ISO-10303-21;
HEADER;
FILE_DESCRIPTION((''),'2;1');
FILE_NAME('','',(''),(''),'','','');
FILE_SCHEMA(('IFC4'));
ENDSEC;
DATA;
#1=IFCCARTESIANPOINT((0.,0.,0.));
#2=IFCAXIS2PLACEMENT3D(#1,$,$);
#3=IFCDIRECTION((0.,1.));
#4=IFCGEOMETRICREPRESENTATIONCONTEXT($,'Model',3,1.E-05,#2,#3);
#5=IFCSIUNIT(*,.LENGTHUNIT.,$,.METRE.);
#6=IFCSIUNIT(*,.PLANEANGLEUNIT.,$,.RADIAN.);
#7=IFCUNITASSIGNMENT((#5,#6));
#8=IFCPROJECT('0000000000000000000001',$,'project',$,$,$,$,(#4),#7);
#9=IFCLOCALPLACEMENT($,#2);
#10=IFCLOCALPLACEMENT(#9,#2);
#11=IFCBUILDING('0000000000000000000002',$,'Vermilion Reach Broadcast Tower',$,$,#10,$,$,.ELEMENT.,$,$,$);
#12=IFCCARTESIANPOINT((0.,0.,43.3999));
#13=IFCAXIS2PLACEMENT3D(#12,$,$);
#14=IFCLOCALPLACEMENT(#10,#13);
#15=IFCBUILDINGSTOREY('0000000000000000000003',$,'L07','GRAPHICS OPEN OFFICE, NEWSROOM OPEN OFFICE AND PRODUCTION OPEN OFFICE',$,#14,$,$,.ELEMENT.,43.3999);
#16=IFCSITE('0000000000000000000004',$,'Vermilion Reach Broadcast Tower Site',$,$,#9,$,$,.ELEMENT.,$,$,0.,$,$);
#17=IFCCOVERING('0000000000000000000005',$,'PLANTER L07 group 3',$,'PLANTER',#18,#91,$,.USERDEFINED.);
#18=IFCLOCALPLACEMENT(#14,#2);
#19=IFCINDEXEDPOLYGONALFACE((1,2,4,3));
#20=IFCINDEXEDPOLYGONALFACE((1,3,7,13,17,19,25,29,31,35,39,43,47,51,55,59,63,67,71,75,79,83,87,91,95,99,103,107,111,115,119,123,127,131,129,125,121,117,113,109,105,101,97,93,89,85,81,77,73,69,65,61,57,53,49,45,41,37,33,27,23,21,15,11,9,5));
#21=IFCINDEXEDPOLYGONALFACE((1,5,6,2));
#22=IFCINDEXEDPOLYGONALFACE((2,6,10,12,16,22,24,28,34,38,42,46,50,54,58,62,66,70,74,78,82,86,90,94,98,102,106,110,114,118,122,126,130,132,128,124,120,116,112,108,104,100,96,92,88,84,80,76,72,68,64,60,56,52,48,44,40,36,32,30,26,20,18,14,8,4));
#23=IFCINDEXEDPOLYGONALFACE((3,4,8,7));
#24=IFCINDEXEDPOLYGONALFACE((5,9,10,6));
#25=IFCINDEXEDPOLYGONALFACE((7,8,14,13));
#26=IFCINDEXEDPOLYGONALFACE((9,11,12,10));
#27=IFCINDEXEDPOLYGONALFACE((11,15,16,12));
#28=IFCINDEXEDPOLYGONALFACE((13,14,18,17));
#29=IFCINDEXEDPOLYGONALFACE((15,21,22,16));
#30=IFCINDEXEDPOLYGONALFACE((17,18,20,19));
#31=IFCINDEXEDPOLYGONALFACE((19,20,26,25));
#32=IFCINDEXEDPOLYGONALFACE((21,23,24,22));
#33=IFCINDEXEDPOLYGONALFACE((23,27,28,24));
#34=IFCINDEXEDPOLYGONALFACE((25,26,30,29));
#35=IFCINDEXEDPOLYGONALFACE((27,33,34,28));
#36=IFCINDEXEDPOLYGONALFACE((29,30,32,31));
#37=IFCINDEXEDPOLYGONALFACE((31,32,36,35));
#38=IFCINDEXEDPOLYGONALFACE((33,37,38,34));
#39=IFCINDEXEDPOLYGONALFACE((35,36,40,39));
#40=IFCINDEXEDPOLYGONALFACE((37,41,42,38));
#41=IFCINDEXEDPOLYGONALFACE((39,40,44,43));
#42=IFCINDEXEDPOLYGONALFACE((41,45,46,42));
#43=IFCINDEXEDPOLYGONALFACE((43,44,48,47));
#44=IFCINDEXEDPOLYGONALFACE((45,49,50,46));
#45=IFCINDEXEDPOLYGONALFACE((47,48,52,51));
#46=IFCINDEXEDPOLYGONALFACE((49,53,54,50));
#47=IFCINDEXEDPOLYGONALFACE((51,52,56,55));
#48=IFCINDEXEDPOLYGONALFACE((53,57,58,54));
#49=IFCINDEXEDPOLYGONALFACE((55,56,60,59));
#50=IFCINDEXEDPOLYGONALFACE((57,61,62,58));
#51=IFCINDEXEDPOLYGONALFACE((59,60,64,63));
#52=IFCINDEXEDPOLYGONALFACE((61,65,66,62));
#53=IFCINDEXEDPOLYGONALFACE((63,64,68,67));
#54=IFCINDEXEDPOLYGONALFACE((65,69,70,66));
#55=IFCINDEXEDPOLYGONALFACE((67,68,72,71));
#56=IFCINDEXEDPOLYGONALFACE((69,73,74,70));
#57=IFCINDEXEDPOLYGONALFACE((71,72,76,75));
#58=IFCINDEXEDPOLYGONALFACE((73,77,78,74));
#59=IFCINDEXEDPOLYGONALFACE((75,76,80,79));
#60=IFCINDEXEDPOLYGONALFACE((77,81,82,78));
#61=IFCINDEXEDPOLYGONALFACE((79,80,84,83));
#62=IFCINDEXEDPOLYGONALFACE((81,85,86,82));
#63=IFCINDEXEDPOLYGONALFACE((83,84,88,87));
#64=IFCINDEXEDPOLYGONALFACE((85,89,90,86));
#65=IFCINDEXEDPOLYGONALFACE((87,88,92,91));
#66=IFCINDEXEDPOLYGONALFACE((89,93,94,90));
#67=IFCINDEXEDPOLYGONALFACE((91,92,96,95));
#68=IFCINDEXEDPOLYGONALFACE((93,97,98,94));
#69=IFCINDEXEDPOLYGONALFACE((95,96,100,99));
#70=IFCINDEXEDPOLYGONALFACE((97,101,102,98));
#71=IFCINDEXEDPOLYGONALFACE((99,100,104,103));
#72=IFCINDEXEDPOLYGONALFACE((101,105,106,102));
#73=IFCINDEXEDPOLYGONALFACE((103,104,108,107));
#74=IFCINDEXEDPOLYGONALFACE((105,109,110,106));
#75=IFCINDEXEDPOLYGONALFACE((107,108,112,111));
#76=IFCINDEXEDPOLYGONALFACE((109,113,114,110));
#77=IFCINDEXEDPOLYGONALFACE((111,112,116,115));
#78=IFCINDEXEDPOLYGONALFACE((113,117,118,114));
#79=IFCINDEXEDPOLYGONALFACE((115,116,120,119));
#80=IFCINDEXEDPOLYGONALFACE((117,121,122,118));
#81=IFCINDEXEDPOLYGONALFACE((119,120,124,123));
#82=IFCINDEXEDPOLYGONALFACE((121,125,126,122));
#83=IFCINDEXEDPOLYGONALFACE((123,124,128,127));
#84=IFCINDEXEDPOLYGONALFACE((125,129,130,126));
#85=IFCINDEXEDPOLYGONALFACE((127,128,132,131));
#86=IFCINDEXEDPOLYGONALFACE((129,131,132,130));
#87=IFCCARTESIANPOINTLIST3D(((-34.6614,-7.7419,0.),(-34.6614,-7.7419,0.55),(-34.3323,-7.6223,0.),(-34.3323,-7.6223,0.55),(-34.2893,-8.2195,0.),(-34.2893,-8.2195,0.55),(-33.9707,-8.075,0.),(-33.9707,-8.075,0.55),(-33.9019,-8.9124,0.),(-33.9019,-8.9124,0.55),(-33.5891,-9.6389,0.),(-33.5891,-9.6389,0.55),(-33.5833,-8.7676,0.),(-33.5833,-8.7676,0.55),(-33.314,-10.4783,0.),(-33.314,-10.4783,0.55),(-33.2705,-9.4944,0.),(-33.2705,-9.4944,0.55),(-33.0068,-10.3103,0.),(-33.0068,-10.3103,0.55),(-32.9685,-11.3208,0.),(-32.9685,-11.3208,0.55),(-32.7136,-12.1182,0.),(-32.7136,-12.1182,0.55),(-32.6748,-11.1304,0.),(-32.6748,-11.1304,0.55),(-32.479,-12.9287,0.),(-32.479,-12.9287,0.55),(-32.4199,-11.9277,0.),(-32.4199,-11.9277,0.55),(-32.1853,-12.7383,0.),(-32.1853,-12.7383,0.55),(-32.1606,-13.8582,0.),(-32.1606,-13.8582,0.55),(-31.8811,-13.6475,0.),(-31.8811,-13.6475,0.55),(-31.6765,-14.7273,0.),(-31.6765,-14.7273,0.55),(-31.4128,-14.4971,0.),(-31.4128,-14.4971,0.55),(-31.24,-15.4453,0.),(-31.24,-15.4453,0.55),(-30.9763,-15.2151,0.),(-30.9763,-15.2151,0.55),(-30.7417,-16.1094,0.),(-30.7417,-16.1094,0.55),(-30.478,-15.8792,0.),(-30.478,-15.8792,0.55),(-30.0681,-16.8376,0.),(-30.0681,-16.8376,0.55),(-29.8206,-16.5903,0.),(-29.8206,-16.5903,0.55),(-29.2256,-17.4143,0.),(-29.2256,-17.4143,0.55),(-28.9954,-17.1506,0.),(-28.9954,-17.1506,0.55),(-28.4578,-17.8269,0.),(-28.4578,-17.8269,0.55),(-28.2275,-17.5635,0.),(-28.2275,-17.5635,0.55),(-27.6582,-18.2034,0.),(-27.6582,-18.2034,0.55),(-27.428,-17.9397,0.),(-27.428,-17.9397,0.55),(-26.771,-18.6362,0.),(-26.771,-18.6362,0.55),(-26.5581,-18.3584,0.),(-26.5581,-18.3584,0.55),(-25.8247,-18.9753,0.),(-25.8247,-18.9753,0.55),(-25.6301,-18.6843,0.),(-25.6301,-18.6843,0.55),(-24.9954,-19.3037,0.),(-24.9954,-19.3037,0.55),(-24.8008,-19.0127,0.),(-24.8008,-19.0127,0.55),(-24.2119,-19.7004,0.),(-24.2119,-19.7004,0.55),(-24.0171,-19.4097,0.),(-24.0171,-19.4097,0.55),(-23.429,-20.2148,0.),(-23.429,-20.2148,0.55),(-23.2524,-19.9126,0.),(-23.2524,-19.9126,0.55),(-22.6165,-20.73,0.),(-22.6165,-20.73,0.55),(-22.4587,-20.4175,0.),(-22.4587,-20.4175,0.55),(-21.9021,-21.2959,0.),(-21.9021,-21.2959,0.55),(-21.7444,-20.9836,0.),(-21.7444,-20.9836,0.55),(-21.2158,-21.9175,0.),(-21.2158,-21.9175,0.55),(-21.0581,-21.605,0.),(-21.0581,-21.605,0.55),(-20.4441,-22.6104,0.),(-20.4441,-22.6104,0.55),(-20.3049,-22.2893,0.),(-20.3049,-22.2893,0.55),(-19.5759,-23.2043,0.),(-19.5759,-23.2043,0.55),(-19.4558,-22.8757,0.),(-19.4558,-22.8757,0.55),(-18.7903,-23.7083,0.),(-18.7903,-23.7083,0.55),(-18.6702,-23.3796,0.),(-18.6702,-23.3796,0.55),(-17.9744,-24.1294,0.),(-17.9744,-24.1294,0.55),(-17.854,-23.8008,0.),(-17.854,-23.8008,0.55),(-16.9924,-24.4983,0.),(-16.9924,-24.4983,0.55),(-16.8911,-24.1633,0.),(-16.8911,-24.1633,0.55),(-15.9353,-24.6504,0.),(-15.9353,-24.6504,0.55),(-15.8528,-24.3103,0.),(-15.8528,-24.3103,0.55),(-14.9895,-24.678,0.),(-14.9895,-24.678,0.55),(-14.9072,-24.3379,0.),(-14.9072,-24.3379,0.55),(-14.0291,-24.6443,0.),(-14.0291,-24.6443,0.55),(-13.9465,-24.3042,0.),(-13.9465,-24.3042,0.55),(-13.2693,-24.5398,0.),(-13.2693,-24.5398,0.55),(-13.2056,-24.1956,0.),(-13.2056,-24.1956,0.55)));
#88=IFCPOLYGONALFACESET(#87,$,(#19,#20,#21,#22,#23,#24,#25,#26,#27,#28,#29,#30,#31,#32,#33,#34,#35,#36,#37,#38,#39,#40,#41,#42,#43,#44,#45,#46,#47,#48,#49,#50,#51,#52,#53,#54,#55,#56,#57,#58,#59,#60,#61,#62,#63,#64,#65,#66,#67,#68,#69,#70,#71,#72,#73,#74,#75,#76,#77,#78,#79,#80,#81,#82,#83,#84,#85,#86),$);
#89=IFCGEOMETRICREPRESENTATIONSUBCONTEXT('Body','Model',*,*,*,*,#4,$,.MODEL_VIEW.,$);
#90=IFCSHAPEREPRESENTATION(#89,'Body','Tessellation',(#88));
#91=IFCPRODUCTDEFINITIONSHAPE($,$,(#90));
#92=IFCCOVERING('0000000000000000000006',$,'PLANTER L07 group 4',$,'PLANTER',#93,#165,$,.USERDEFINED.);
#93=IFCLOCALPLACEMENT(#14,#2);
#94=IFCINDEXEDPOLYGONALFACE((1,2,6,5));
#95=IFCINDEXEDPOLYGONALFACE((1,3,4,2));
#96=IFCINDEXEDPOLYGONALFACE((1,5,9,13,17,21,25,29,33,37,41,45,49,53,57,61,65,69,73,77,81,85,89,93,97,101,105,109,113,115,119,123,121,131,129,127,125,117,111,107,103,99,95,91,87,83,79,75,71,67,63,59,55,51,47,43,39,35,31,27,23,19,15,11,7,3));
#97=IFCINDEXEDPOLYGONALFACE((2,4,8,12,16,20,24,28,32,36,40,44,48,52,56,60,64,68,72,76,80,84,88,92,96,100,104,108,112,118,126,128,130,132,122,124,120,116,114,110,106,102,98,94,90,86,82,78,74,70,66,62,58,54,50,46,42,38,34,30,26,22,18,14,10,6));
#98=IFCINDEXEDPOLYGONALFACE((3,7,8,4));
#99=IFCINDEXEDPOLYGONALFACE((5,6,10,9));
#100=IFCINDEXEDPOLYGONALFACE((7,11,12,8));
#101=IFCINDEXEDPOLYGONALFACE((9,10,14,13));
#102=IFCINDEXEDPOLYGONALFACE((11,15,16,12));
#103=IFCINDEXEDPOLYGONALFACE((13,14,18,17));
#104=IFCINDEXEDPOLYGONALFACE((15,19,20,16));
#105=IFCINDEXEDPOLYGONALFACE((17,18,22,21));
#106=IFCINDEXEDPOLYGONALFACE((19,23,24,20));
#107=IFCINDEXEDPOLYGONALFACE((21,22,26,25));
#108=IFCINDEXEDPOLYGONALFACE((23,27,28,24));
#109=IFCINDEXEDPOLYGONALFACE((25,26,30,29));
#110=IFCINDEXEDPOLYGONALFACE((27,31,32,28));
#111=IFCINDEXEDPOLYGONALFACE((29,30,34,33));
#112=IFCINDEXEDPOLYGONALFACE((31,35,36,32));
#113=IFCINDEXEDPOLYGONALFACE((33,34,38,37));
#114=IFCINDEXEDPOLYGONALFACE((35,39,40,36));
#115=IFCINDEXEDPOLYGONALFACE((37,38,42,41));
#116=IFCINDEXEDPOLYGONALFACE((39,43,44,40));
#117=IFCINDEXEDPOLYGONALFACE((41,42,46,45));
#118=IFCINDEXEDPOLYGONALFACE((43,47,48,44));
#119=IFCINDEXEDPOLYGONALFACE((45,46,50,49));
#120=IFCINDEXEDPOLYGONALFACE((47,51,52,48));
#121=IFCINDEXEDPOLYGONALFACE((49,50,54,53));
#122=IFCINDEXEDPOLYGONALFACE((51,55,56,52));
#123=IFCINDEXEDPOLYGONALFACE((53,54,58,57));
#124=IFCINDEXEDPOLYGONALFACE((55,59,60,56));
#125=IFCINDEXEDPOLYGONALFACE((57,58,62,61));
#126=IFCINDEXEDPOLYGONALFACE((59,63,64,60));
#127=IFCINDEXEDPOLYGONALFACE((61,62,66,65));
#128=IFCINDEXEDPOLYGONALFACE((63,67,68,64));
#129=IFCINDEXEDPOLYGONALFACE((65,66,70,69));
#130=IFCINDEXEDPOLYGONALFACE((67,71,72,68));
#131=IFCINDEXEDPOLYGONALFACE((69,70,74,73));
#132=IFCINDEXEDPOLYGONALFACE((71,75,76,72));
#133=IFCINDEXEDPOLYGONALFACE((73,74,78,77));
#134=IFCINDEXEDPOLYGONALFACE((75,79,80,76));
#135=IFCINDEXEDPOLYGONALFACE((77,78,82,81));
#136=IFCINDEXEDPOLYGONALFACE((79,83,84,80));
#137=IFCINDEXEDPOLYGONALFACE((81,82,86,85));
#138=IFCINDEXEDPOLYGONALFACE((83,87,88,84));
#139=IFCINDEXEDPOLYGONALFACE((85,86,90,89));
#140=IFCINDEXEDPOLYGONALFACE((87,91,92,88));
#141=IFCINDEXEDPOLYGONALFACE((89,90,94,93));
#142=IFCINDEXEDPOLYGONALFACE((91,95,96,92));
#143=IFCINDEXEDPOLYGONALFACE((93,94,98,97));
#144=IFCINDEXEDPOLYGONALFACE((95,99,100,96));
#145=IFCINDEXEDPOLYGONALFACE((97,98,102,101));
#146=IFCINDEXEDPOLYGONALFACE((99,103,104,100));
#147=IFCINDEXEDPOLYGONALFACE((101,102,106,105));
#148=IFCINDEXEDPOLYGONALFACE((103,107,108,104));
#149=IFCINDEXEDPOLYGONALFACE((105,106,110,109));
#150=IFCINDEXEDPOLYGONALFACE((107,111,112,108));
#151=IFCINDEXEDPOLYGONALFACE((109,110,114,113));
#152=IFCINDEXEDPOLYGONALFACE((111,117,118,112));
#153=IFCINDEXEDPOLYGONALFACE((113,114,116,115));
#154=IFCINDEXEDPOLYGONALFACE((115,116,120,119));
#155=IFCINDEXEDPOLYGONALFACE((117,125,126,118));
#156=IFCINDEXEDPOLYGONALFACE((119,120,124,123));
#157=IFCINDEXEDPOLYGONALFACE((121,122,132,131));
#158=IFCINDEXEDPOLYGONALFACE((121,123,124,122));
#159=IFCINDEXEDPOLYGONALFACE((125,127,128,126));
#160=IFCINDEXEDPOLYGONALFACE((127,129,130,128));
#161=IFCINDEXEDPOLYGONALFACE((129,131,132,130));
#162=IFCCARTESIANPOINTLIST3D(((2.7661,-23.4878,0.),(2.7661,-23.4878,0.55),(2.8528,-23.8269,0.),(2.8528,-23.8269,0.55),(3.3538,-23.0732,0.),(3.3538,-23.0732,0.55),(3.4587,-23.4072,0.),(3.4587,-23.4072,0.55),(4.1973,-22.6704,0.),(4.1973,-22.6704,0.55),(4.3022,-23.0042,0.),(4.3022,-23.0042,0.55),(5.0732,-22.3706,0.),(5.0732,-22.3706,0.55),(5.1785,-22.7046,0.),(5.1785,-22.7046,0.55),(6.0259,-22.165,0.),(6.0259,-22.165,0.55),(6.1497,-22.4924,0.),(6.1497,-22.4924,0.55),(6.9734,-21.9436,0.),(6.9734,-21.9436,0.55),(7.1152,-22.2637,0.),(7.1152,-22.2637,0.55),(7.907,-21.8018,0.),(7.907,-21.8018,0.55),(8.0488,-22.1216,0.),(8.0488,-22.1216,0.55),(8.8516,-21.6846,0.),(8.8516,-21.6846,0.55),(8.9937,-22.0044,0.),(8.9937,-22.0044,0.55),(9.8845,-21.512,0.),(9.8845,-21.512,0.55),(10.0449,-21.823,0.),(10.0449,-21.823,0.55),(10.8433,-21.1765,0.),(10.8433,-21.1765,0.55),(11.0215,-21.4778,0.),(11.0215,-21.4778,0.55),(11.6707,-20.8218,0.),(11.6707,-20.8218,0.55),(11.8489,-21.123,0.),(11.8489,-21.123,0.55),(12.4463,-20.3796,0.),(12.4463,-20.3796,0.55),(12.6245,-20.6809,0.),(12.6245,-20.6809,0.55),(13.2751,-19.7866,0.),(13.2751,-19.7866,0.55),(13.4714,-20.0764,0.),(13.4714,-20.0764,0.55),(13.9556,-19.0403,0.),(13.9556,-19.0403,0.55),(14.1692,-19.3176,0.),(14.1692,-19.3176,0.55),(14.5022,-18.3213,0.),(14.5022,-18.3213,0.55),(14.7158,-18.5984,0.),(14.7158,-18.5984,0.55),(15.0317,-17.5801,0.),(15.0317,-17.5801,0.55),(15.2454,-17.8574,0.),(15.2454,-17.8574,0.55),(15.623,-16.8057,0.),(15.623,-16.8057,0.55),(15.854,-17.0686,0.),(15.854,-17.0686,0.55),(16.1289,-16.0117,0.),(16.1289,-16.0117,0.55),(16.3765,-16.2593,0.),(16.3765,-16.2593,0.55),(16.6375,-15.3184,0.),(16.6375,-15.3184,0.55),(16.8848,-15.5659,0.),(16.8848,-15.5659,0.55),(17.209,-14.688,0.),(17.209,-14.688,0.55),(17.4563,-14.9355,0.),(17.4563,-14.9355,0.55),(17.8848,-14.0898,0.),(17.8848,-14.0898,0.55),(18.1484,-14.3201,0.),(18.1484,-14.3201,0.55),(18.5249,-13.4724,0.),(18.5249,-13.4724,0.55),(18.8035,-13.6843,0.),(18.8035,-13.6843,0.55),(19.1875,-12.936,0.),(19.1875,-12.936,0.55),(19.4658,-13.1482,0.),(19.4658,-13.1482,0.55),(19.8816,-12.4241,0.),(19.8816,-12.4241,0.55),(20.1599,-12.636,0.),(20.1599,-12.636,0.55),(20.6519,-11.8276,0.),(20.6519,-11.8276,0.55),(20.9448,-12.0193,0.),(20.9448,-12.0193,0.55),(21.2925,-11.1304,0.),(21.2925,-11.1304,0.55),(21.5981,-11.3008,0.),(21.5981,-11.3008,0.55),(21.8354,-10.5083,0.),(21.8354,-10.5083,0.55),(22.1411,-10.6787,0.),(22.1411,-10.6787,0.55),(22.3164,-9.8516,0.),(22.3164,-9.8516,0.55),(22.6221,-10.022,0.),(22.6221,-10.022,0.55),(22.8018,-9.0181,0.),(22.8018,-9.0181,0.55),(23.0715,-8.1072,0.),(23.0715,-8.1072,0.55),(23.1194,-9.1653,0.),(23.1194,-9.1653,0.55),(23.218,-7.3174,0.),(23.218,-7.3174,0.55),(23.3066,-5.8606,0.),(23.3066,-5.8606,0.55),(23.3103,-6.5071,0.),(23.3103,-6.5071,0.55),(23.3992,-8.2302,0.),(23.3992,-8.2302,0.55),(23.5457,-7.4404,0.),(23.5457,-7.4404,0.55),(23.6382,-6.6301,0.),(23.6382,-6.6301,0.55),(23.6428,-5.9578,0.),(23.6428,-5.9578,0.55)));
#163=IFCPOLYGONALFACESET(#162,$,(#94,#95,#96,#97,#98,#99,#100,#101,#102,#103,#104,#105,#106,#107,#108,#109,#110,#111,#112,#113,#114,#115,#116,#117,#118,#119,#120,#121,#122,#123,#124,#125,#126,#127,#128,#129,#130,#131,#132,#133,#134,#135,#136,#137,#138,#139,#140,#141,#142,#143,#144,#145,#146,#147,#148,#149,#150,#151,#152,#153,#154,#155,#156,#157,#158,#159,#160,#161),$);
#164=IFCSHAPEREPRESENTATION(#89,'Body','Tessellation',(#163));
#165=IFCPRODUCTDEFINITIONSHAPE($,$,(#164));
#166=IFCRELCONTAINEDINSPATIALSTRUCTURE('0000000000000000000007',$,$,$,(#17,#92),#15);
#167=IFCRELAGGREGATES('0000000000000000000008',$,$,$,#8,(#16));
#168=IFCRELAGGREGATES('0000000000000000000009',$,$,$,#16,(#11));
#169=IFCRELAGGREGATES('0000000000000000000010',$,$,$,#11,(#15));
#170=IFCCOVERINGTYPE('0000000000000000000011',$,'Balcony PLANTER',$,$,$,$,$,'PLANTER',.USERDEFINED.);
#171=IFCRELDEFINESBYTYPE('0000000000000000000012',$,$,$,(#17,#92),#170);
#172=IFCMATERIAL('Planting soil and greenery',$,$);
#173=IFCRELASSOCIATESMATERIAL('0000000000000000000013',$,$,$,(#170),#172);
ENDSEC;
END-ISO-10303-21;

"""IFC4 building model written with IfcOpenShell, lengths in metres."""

from ifc_helpers import new_model, si_unit, direction, frame, origin, place, context, subcontext, project, spatial, polyline, outline, extrude, material, type_object, element, save


model = new_model("IFC4")

# Units and contexts
model_context = context("Model", 3, precision=1e-05, world=origin(), true_north=direction((0.0, 1.0)))
body_context = subcontext(model_context, "Body", "Model", "MODEL_VIEW")
ifc_project = project(units=[si_unit("LENGTHUNIT", "METRE"), si_unit("PLANEANGLEUNIT", "RADIAN")], contexts=[model_context])

# Site, building, storey
site_placement = place(None, origin())
site = spatial("IfcSite", under=ifc_project, at=site_placement, Name="Vermilion Reach Broadcast Tower Site", CompositionType="ELEMENT", RefElevation=0.0)
building_placement = place(site_placement, origin())
building = spatial("IfcBuilding", under=site, at=building_placement, Name="Vermilion Reach Broadcast Tower", CompositionType="ELEMENT")
storey_placement = place(building_placement, frame((0.0, 0.0, 43.3999)))
storey = spatial("IfcBuildingStorey", under=building, at=storey_placement, Name="L07", Description="GRAPHICS OPEN OFFICE, NEWSROOM OPEN OFFICE AND PRODUCTION OPEN OFFICE", CompositionType="ELEMENT", Elevation=43.3999)

# Shared definitions
placement_1 = place(storey_placement, origin())

# Coverings
ifc_material_1 = material(Name="Planting soil and greenery")
covering_type = type_object("IfcCoveringType", Name="Balcony PLANTER", ElementType="PLANTER", PredefinedType="USERDEFINED", material=ifc_material_1)
element("IfcCovering", 1, at=placement_1, inside=storey, type_object=covering_type, Name="PLANTER L07 group 3", ObjectType="PLANTER", PredefinedType="USERDEFINED", context=body_context, shape_type="SweptSolid", body=[
    extrude(outline(polyline([(-34.6614, -7.7419), (-34.2893, -8.2195), (-33.9019, -8.9124), (-33.5891, -9.6389), (-33.314, -10.4783), (-32.9685, -11.3208), (-32.7136, -12.1182), (-32.479, -12.9287), (-32.1606, -13.8582), (-31.6765, -14.7273), (-31.24, -15.4453), (-30.7417, -16.1094), (-30.0681, -16.8376), (-29.2256, -17.4143), (-28.4578, -17.8269), (-27.6582, -18.2034), (-26.771, -18.6362), (-25.8247, -18.9753), (-24.9954, -19.3037), (-24.2119, -19.7004), (-23.429, -20.2148), (-22.6165, -20.73), (-21.9021, -21.2959), (-21.2158, -21.9175), (-20.4441, -22.6104), (-19.5759, -23.2043), (-18.7903, -23.7083), (-17.9744, -24.1294), (-16.9924, -24.4983), (-15.9353, -24.6504), (-14.9895, -24.678), (-14.0291, -24.6443), (-13.2693, -24.5398), (-13.2056, -24.1956), (-13.9465, -24.3042), (-14.9072, -24.3379), (-15.8528, -24.3103), (-16.8911, -24.1633), (-17.854, -23.8008), (-18.6702, -23.3796), (-19.4558, -22.8757), (-20.3049, -22.2893), (-21.0581, -21.605), (-21.7444, -20.9836), (-22.4587, -20.4175), (-23.2524, -19.9126), (-24.0171, -19.4097), (-24.8008, -19.0127), (-25.6301, -18.6843), (-26.5581, -18.3584), (-27.428, -17.9397), (-28.2275, -17.5635), (-28.9954, -17.1506), (-29.8206, -16.5903), (-30.478, -15.8792), (-30.9763, -15.2151), (-31.4128, -14.4971), (-31.8811, -13.6475), (-32.1853, -12.7383), (-32.4199, -11.9277), (-32.6748, -11.1304), (-33.0068, -10.3103), (-33.2705, -9.4944), (-33.5833, -8.7676), (-33.9707, -8.075), (-34.3323, -7.6223), (-34.6614, -7.7419)])), origin(), (0.0, 0.0, 1.0), 0.55),
])
element("IfcCovering", 2, at=placement_1, inside=storey, type_object=covering_type, Name="PLANTER L07 group 4", ObjectType="PLANTER", PredefinedType="USERDEFINED", context=body_context, shape_type="SweptSolid", body=[
    extrude(outline(polyline([(2.8528, -23.8269), (3.4587, -23.4072), (4.3022, -23.0042), (5.1785, -22.7046), (6.1497, -22.4924), (7.1152, -22.2637), (8.0488, -22.1216), (8.9937, -22.0044), (10.0449, -21.823), (11.0215, -21.4778), (11.8489, -21.123), (12.6245, -20.6809), (13.4714, -20.0764), (14.1692, -19.3176), (14.7158, -18.5984), (15.2454, -17.8574), (15.854, -17.0686), (16.3765, -16.2593), (16.8848, -15.5659), (17.4563, -14.9355), (18.1484, -14.3201), (18.8035, -13.6843), (19.4658, -13.1482), (20.1599, -12.636), (20.9448, -12.0193), (21.5981, -11.3008), (22.1411, -10.6787), (22.6221, -10.022), (23.1194, -9.1653), (23.3992, -8.2302), (23.5457, -7.4404), (23.6382, -6.6301), (23.6428, -5.9578), (23.3066, -5.8606), (23.3103, -6.5071), (23.218, -7.3174), (23.0715, -8.1072), (22.8018, -9.0181), (22.3164, -9.8516), (21.8354, -10.5083), (21.2925, -11.1304), (20.6519, -11.8276), (19.8816, -12.4241), (19.1875, -12.936), (18.5249, -13.4724), (17.8848, -14.0898), (17.209, -14.688), (16.6375, -15.3184), (16.1289, -16.0117), (15.623, -16.8057), (15.0317, -17.5801), (14.5022, -18.3213), (13.9556, -19.0403), (13.2751, -19.7866), (12.4463, -20.3796), (11.6707, -20.8218), (10.8433, -21.1765), (9.8845, -21.512), (8.8516, -21.6846), (7.907, -21.8018), (6.9734, -21.9436), (6.0259, -22.165), (5.0732, -22.3706), (4.1973, -22.6704), (3.3538, -23.0732), (2.7661, -23.4878), (2.8528, -23.8269)])), origin(), (0.0, 0.0, 1.0), 0.55),
])

save(model, "model.ifc")
